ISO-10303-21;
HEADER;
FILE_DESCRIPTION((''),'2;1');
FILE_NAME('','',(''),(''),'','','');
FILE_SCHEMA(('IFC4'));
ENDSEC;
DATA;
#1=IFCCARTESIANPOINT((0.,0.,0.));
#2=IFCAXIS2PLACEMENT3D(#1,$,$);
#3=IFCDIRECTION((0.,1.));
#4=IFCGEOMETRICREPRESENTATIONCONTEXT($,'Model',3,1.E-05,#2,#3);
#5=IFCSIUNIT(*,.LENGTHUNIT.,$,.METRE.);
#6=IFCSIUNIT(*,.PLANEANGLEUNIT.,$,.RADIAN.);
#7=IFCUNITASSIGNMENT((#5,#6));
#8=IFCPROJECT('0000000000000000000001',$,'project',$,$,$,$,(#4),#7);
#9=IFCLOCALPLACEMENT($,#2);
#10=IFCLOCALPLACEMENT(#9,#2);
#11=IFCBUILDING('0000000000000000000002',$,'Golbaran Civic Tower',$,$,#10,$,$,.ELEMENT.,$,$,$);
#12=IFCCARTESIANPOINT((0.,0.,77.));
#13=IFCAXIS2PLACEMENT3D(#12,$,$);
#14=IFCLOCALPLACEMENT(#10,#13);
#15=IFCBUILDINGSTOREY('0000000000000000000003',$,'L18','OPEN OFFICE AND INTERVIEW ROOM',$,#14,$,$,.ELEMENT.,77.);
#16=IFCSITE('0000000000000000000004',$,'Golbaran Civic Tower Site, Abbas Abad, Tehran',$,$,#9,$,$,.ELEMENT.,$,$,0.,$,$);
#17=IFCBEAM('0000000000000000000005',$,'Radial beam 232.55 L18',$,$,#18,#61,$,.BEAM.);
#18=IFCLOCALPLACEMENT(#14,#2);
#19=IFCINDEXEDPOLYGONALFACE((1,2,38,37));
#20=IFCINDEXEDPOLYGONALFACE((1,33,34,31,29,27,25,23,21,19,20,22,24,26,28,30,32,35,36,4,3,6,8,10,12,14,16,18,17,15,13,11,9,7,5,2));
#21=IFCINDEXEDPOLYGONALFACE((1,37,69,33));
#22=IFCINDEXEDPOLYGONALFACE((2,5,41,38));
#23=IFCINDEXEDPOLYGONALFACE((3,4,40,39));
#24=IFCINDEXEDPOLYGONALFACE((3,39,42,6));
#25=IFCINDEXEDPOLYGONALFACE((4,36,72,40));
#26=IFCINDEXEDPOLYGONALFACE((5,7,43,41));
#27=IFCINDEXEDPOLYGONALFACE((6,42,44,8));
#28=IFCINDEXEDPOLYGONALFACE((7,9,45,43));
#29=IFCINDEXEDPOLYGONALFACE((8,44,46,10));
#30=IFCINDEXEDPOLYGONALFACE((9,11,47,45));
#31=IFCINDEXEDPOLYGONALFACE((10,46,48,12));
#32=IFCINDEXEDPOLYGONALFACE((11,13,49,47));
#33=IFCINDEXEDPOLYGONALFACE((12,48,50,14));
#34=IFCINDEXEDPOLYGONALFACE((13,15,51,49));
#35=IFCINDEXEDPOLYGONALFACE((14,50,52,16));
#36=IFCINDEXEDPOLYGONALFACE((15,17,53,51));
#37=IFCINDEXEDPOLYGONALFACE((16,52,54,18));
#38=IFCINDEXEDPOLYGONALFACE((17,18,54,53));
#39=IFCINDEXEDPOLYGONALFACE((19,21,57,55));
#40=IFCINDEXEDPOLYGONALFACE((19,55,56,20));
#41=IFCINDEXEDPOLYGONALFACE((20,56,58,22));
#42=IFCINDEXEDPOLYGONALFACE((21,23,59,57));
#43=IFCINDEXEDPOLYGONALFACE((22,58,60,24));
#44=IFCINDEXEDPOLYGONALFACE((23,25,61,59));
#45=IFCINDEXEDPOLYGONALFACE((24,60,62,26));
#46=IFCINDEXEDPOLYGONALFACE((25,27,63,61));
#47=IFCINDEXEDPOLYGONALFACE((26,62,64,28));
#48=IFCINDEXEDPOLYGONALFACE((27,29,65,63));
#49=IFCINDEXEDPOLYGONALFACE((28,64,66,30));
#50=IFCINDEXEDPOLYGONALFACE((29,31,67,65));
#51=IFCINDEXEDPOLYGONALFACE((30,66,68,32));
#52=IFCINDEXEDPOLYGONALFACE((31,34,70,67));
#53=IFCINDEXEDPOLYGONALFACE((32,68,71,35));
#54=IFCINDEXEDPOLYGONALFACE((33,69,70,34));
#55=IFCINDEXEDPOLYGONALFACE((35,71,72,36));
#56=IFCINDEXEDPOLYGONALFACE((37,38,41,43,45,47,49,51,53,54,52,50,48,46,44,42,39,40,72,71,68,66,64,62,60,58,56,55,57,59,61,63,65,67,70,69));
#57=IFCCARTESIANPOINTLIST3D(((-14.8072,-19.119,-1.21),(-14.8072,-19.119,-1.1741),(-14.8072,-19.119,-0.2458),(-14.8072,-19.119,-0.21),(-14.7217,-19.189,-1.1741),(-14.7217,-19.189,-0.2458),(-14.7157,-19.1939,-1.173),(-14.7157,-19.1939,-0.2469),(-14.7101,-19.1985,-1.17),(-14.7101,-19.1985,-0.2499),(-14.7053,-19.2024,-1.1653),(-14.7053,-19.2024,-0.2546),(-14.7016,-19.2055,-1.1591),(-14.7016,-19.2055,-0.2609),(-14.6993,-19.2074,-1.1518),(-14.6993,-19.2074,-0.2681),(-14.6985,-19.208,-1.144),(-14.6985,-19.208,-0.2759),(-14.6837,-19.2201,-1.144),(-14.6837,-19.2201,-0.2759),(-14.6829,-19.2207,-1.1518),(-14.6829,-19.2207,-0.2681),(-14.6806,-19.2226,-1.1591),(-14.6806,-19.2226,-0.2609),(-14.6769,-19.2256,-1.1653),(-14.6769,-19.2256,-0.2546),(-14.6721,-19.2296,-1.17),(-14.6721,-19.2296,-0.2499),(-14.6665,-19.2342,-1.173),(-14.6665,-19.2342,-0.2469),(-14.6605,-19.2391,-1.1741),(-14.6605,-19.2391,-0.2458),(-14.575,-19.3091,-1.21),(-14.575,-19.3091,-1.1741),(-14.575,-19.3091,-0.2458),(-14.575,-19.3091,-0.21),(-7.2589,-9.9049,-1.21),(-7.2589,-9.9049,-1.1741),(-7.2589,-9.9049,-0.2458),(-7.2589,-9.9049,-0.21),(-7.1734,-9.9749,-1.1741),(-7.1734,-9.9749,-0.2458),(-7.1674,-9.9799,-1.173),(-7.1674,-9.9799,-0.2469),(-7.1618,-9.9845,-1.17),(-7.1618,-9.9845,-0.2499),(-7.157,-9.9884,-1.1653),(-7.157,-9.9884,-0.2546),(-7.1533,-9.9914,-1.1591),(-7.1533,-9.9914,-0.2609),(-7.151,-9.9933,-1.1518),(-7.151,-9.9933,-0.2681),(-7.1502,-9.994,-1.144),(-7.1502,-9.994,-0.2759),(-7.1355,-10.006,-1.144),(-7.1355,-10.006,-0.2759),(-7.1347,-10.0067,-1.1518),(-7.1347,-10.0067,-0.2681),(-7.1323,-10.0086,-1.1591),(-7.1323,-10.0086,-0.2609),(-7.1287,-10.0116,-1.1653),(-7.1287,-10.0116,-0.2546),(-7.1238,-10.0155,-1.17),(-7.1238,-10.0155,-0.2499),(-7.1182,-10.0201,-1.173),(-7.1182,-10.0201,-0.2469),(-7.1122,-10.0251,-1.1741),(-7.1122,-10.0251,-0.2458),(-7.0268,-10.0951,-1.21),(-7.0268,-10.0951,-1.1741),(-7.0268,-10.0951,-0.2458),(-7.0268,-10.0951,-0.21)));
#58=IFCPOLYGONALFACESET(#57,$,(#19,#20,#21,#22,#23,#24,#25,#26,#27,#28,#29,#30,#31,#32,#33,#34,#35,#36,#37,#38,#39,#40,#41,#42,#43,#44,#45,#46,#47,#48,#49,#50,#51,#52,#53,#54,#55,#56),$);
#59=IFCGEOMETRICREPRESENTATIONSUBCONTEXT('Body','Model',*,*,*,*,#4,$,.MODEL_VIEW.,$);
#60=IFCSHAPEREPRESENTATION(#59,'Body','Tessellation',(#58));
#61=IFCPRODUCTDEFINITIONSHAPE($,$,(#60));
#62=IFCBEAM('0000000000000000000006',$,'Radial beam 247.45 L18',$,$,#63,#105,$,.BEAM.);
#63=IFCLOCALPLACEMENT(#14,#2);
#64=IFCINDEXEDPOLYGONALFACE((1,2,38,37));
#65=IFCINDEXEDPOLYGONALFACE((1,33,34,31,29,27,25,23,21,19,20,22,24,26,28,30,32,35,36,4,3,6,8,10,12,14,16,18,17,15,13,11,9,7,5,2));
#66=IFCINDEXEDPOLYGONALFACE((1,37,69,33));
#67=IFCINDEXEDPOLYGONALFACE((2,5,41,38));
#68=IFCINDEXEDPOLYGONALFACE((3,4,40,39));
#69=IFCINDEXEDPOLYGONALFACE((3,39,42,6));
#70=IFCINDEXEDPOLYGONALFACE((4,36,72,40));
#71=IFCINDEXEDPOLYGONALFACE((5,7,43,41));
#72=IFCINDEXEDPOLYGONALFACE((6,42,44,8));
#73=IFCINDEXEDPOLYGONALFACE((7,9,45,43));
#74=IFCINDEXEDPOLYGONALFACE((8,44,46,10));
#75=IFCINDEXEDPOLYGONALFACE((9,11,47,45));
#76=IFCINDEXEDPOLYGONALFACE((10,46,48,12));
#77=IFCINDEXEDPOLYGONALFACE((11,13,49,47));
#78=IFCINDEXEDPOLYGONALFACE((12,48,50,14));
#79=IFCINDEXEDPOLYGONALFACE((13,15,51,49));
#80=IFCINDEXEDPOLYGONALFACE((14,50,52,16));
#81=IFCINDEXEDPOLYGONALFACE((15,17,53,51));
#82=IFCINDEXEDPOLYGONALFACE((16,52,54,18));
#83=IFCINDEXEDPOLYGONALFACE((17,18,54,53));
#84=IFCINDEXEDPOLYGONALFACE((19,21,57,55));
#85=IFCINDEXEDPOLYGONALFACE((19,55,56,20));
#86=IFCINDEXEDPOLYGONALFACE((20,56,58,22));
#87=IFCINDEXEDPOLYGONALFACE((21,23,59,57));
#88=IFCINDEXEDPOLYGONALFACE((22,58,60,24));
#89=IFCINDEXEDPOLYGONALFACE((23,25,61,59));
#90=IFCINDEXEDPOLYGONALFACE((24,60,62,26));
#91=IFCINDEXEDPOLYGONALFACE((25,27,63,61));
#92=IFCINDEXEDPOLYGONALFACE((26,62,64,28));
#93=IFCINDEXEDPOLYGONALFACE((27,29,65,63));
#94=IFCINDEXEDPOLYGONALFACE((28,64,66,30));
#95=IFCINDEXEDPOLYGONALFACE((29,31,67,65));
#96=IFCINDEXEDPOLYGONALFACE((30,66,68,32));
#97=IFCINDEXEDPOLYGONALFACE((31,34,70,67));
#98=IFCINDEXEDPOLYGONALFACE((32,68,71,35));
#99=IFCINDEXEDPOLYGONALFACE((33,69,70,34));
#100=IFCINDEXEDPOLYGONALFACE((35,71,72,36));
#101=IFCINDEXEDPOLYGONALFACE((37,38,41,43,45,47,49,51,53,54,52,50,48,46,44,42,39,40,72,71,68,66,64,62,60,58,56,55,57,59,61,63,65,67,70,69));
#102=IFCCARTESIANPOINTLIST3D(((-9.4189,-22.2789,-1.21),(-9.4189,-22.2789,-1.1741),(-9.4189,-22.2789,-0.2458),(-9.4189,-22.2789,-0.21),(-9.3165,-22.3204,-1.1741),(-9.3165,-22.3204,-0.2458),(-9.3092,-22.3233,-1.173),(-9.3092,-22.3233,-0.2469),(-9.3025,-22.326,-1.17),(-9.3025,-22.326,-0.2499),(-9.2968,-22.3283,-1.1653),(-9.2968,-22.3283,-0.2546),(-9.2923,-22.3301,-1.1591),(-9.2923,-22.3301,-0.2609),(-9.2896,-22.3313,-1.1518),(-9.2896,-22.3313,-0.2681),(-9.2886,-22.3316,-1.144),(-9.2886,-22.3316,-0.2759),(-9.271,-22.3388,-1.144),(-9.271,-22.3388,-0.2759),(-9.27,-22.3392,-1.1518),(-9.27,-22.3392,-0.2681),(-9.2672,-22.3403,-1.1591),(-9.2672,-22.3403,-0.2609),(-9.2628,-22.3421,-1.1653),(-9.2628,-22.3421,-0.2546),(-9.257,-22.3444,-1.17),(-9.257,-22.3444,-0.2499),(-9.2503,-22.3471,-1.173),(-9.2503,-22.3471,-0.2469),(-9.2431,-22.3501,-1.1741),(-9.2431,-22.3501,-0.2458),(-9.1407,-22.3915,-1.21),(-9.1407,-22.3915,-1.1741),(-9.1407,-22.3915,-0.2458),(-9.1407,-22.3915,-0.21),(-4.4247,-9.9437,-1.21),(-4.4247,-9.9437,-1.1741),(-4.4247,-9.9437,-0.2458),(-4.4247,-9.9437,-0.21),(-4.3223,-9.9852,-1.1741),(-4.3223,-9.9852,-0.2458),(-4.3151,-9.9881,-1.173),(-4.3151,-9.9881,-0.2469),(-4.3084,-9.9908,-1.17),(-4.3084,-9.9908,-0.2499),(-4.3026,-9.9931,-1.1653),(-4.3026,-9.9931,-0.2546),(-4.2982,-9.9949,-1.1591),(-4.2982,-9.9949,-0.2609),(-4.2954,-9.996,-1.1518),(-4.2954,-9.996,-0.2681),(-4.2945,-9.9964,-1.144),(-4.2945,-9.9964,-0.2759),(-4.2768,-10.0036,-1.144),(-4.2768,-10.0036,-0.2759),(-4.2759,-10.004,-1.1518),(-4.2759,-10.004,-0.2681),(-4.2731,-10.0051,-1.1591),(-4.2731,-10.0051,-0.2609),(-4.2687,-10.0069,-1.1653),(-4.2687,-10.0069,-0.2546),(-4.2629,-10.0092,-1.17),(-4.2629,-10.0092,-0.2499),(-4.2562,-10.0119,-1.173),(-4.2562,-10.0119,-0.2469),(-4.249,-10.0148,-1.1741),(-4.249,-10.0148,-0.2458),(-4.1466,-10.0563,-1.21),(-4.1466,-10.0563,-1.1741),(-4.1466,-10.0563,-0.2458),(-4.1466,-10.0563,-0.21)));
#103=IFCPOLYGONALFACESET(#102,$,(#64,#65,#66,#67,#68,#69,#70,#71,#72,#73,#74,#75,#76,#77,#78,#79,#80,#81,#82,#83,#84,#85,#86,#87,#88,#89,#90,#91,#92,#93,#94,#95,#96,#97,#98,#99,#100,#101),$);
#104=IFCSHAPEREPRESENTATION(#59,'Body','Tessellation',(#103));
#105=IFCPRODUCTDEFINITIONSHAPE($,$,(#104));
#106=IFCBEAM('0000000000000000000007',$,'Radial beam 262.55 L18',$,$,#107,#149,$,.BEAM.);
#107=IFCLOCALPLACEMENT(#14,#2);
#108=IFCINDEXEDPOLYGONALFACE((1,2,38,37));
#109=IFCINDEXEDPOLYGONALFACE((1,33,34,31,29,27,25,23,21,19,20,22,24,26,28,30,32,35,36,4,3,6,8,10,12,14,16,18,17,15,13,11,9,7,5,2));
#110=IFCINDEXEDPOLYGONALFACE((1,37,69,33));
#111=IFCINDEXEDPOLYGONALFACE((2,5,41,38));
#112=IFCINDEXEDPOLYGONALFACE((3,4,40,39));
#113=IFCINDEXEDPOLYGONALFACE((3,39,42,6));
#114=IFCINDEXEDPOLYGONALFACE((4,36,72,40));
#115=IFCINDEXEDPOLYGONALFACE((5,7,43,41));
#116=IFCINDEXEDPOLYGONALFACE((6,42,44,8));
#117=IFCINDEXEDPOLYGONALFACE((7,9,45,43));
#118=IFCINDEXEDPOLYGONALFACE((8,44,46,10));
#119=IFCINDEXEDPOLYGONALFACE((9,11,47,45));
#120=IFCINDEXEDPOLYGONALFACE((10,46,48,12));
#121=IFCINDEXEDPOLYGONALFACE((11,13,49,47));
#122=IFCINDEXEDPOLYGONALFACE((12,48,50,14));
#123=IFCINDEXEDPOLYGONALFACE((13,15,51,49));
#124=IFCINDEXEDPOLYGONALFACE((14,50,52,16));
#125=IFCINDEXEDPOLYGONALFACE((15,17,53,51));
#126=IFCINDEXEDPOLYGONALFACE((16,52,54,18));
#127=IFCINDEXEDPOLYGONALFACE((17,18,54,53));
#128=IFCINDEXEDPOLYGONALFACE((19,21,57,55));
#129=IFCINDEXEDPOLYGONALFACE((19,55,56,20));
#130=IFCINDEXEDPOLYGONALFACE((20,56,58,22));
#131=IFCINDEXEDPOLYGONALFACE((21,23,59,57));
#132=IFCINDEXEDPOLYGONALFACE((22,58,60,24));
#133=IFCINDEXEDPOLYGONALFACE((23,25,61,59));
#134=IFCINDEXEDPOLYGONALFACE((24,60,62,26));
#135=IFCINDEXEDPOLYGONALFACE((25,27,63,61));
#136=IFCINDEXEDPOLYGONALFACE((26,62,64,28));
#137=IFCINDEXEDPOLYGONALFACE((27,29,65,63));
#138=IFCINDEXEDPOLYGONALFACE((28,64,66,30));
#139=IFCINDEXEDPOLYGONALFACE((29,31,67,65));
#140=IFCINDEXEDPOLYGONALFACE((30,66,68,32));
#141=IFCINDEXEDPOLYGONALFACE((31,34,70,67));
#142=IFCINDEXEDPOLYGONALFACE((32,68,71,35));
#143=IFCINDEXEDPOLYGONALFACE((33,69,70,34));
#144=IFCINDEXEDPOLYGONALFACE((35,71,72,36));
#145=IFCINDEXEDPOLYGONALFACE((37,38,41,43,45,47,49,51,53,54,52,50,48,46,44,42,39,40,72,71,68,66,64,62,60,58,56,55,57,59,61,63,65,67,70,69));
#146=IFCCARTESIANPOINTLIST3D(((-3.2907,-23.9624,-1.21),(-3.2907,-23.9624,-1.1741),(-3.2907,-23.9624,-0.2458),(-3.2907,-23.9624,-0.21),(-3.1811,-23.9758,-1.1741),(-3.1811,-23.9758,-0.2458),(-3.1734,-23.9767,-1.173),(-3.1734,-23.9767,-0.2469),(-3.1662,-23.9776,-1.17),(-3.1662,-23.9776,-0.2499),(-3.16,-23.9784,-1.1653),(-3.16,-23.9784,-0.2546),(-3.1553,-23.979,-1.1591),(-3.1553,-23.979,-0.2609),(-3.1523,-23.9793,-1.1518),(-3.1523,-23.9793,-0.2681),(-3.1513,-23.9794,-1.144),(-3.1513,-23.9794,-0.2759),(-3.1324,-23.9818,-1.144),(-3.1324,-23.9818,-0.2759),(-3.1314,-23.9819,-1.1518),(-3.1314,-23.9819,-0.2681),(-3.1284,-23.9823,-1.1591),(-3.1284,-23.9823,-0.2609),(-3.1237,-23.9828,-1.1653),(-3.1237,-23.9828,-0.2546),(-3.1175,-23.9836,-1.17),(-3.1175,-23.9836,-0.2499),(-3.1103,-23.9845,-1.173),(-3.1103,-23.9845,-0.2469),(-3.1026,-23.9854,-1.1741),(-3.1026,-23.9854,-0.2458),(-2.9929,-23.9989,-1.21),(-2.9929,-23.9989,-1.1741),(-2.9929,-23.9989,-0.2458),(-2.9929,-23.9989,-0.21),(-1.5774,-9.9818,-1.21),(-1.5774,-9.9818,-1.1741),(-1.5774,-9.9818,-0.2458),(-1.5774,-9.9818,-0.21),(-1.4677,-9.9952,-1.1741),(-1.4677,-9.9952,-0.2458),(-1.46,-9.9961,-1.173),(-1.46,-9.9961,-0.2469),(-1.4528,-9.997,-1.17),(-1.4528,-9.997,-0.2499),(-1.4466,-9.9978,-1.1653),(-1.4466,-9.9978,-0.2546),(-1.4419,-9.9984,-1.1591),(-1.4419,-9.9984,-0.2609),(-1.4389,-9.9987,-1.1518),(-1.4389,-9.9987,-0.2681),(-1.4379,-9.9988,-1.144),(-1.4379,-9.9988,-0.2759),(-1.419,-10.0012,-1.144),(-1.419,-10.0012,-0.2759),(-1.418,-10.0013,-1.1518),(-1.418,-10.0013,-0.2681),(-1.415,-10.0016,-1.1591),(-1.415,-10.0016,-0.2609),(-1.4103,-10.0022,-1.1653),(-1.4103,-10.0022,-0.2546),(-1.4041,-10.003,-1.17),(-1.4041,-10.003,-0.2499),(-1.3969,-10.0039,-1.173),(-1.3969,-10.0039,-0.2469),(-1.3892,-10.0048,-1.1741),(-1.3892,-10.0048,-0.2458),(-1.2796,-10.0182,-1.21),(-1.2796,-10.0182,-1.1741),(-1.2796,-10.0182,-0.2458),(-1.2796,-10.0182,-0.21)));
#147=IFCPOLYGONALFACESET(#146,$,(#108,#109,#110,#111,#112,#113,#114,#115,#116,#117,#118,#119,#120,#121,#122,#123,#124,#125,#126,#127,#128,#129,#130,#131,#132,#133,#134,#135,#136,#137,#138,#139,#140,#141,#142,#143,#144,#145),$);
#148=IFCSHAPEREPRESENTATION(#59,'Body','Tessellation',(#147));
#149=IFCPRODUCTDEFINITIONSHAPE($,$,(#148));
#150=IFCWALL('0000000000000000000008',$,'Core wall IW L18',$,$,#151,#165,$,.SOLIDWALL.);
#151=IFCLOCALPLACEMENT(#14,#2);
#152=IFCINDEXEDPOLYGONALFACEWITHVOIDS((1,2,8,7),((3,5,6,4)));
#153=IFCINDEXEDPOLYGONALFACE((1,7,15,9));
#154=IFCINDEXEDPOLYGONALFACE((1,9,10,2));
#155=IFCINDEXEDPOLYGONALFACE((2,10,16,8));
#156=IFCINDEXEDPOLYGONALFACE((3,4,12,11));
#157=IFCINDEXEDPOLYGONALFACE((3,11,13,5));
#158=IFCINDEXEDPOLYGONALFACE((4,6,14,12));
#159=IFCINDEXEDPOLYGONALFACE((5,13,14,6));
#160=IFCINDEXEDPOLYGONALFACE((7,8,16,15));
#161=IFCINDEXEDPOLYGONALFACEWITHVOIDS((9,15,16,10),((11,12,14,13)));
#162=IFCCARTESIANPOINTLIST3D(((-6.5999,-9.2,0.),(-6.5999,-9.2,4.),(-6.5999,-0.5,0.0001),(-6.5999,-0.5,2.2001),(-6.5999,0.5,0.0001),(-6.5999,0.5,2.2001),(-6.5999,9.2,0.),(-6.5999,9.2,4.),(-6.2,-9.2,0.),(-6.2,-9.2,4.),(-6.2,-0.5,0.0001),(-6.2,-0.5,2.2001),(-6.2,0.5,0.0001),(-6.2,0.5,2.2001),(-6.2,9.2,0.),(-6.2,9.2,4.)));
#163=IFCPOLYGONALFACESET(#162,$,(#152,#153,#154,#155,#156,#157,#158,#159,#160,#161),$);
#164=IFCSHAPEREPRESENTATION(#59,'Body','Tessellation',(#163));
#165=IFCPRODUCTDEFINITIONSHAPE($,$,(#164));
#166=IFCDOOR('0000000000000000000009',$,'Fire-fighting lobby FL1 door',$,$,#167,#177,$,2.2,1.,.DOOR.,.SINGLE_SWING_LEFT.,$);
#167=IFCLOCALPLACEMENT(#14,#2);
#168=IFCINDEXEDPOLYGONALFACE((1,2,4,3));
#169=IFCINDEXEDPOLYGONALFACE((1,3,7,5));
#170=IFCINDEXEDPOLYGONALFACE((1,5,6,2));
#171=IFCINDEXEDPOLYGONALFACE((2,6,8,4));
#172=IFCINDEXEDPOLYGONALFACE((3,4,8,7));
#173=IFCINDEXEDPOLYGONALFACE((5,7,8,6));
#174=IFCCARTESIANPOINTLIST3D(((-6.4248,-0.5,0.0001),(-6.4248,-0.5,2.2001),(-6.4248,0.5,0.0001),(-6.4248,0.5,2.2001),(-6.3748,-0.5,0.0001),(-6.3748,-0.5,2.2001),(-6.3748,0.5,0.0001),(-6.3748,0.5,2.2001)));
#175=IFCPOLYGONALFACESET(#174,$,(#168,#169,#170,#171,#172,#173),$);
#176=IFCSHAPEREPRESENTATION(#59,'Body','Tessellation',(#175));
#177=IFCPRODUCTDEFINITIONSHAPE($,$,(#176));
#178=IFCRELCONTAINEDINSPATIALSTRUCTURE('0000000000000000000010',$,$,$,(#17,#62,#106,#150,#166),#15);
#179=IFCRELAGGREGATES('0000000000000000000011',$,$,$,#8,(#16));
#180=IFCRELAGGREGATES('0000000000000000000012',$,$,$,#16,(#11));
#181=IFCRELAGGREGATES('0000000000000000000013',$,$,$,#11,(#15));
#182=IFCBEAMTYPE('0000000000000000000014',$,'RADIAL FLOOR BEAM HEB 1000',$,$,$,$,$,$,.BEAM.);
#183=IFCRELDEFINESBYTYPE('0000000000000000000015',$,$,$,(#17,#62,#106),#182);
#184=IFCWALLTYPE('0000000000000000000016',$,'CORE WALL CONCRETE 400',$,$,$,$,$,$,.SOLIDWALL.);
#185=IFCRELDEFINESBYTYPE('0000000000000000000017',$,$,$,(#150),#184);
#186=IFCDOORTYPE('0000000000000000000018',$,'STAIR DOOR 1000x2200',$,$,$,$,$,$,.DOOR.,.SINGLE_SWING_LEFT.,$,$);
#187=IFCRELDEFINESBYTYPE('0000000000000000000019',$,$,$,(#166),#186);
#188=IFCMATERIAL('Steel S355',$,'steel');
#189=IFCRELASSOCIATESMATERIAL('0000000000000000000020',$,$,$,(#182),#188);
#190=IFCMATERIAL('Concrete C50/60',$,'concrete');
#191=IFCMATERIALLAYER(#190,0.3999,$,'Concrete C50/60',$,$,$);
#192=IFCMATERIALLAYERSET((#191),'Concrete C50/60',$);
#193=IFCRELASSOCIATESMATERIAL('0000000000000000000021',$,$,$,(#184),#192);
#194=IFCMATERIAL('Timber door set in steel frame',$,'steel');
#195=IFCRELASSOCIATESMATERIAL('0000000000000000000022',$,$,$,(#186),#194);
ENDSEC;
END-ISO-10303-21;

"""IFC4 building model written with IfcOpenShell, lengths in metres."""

from ifc_helpers import new_model, si_unit, direction, frame, frame_2d, origin, origin_2d, place, context, subcontext, project, spatial, rectangle, i_section, extrude, material, layer, layer_set, material_profile, profile_set, type_object, element, fill, save


model = new_model("IFC4")

# Units and contexts
model_context = context("Model", 3, precision=1e-05, world=origin(), true_north=direction((0.0, 1.0)))
body_context = subcontext(model_context, "Body", "Model", "MODEL_VIEW")
ifc_project = project(units=[si_unit("LENGTHUNIT", "METRE"), si_unit("PLANEANGLEUNIT", "RADIAN")], contexts=[model_context])

# Site, building, storey
site_placement = place(None, origin())
site = spatial("IfcSite", under=ifc_project, at=site_placement, Name="Golbaran Civic Tower Site, Abbas Abad, Tehran", CompositionType="ELEMENT", RefElevation=0.0)
building_placement = place(site_placement, origin())
building = spatial("IfcBuilding", under=site, at=building_placement, Name="Golbaran Civic Tower", CompositionType="ELEMENT")
storey_placement = place(building_placement, frame((0.0, 0.0, 77.0)))
storey = spatial("IfcBuildingStorey", under=building, at=storey_placement, Name="L18", Description="OPEN OFFICE AND INTERVIEW ROOM", CompositionType="ELEMENT", Elevation=77.0)

# Beams
ifc_material_1 = material(Name="Steel S355", Category="steel")
ifc_material_profile_1 = material_profile(ifc_material_1, i_section(OverallWidth=0.3, OverallDepth=1.0, WebThickness=0.019, FlangeThickness=0.0359, FilletRadius=0.03, at=origin_2d()), Name="HEB 1000")
ifc_profile_set_1 = profile_set([ifc_material_profile_1], Name="Steel S355")
beam_type_1 = type_object("IfcBeamType", Name="RADIAL FLOOR BEAM HEB 1000", PredefinedType="BEAM", material=ifc_profile_set_1)
beam_1_placement = place(storey_placement, frame((-7.1428, -10.0, -0.71), z_axis=(-0.633717, -0.773565, 0.0), x_axis=(0.773565, -0.633717, 0.0)))
element("IfcBeam", 1, at=beam_1_placement, inside=storey, type_object=beam_type_1, Name="Radial beam 232.55 L18", PredefinedType="BEAM", context=body_context, shape_type="SweptSolid", body=[
    extrude(i_section(OverallWidth=0.3, OverallDepth=1.0, WebThickness=0.019, FlangeThickness=0.0359, FilletRadius=0.03, at=origin_2d()), origin(), (0.0, 0.0, 1.0), 11.9111),
])
beam_2_placement = place(storey_placement, frame((-4.2856, -10.0, -0.71), z_axis=(-0.375278, -0.926912, 0.0), x_axis=(0.926912, -0.375278, 0.0)))
element("IfcBeam", 2, at=beam_2_placement, inside=storey, type_object=beam_type_1, Name="Radial beam 247.45 L18", PredefinedType="BEAM", context=body_context, shape_type="SweptSolid", body=[
    extrude(i_section(OverallWidth=0.3, OverallDepth=1.0, WebThickness=0.019, FlangeThickness=0.0359, FilletRadius=0.03, at=origin_2d()), origin(), (0.0, 0.0, 1.0), 13.3079),
])
beam_3_placement = place(storey_placement, frame((-1.4285, -10.0, -0.71), z_axis=(-0.121643, -0.992574, 0.0), x_axis=(0.992574, -0.121643, 0.0)))
element("IfcBeam", 3, at=beam_3_placement, inside=storey, type_object=beam_type_1, Name="Radial beam 262.55 L18", PredefinedType="BEAM", context=body_context, shape_type="SweptSolid", body=[
    extrude(i_section(OverallWidth=0.3, OverallDepth=1.0, WebThickness=0.019, FlangeThickness=0.0359, FilletRadius=0.03, at=origin_2d()), origin(), (0.0, 0.0, 1.0), 14.0852),
])

# Wall, opening, door
ifc_material_2 = material(Name="Concrete C50/60", Category="concrete")
ifc_layer_1 = layer(ifc_material_2, 0.3999, Name="Concrete C50/60")
ifc_layer_set_1 = layer_set([ifc_layer_1], Name="Concrete C50/60")
wall_type_1 = type_object("IfcWallType", Name="CORE WALL CONCRETE 400", PredefinedType="SOLIDWALL", material=ifc_layer_set_1)
wall_1_placement = place(storey_placement, frame((-6.3999, -9.2, 0.0), z_axis=(0.0, 0.0, 1.0), x_axis=(0.0, 1.0, 0.0)))
wall_1 = element("IfcWall", 4, at=wall_1_placement, inside=storey, type_object=wall_type_1, Name="Core wall IW L18", PredefinedType="SOLIDWALL", context=body_context, shape_type="SweptSolid", body=[
    extrude(rectangle(XDim=18.3999, YDim=0.3999, at=frame_2d((9.2, 0.0))), origin(), (0.0, 0.0, 1.0), 4.0),
])
opening_1_placement = place(wall_1_placement, frame((8.7, 0.0, 0.0)))
opening_1 = element("IfcOpeningElement", 5, at=opening_1_placement, cuts=wall_1, PredefinedType="OPENING", context=body_context, shape_type="SweptSolid", body=[
    extrude(rectangle(XDim=1.0, YDim=2.2, at=frame_2d((0.5, 1.1001))), frame((0.0, 0.21, 0.0), z_axis=(0.0, -1.0, 0.0), x_axis=(1.0, 0.0, 0.0)), (0.0, 0.0, 1.0), 0.4199),
])
ifc_material_3 = material(Name="Timber door set in steel frame", Category="steel")
door_type_1 = type_object("IfcDoorType", Name="STAIR DOOR 1000x2200", OperationType="SINGLE_SWING_LEFT", PredefinedType="DOOR", material=ifc_material_3)
door_1_placement = place(opening_1_placement, origin())
door_1 = element("IfcDoor", 6, at=door_1_placement, inside=storey, type_object=door_type_1, Name="Fire-fighting lobby FL1 door", OperationType="SINGLE_SWING_LEFT", OverallHeight=2.2, OverallWidth=1.0, PredefinedType="DOOR", context=body_context, shape_type="SweptSolid", body=[
    extrude(rectangle(XDim=1.0, YDim=2.2, at=frame_2d((0.5, 1.1001))), frame((0.0, 0.0249, 0.0), z_axis=(0.0, -1.0, 0.0), x_axis=(1.0, 0.0, 0.0)), (0.0, 0.0, 1.0), 0.05),
])
fill(opening_1, door_1)

save(model, "model.ifc")
